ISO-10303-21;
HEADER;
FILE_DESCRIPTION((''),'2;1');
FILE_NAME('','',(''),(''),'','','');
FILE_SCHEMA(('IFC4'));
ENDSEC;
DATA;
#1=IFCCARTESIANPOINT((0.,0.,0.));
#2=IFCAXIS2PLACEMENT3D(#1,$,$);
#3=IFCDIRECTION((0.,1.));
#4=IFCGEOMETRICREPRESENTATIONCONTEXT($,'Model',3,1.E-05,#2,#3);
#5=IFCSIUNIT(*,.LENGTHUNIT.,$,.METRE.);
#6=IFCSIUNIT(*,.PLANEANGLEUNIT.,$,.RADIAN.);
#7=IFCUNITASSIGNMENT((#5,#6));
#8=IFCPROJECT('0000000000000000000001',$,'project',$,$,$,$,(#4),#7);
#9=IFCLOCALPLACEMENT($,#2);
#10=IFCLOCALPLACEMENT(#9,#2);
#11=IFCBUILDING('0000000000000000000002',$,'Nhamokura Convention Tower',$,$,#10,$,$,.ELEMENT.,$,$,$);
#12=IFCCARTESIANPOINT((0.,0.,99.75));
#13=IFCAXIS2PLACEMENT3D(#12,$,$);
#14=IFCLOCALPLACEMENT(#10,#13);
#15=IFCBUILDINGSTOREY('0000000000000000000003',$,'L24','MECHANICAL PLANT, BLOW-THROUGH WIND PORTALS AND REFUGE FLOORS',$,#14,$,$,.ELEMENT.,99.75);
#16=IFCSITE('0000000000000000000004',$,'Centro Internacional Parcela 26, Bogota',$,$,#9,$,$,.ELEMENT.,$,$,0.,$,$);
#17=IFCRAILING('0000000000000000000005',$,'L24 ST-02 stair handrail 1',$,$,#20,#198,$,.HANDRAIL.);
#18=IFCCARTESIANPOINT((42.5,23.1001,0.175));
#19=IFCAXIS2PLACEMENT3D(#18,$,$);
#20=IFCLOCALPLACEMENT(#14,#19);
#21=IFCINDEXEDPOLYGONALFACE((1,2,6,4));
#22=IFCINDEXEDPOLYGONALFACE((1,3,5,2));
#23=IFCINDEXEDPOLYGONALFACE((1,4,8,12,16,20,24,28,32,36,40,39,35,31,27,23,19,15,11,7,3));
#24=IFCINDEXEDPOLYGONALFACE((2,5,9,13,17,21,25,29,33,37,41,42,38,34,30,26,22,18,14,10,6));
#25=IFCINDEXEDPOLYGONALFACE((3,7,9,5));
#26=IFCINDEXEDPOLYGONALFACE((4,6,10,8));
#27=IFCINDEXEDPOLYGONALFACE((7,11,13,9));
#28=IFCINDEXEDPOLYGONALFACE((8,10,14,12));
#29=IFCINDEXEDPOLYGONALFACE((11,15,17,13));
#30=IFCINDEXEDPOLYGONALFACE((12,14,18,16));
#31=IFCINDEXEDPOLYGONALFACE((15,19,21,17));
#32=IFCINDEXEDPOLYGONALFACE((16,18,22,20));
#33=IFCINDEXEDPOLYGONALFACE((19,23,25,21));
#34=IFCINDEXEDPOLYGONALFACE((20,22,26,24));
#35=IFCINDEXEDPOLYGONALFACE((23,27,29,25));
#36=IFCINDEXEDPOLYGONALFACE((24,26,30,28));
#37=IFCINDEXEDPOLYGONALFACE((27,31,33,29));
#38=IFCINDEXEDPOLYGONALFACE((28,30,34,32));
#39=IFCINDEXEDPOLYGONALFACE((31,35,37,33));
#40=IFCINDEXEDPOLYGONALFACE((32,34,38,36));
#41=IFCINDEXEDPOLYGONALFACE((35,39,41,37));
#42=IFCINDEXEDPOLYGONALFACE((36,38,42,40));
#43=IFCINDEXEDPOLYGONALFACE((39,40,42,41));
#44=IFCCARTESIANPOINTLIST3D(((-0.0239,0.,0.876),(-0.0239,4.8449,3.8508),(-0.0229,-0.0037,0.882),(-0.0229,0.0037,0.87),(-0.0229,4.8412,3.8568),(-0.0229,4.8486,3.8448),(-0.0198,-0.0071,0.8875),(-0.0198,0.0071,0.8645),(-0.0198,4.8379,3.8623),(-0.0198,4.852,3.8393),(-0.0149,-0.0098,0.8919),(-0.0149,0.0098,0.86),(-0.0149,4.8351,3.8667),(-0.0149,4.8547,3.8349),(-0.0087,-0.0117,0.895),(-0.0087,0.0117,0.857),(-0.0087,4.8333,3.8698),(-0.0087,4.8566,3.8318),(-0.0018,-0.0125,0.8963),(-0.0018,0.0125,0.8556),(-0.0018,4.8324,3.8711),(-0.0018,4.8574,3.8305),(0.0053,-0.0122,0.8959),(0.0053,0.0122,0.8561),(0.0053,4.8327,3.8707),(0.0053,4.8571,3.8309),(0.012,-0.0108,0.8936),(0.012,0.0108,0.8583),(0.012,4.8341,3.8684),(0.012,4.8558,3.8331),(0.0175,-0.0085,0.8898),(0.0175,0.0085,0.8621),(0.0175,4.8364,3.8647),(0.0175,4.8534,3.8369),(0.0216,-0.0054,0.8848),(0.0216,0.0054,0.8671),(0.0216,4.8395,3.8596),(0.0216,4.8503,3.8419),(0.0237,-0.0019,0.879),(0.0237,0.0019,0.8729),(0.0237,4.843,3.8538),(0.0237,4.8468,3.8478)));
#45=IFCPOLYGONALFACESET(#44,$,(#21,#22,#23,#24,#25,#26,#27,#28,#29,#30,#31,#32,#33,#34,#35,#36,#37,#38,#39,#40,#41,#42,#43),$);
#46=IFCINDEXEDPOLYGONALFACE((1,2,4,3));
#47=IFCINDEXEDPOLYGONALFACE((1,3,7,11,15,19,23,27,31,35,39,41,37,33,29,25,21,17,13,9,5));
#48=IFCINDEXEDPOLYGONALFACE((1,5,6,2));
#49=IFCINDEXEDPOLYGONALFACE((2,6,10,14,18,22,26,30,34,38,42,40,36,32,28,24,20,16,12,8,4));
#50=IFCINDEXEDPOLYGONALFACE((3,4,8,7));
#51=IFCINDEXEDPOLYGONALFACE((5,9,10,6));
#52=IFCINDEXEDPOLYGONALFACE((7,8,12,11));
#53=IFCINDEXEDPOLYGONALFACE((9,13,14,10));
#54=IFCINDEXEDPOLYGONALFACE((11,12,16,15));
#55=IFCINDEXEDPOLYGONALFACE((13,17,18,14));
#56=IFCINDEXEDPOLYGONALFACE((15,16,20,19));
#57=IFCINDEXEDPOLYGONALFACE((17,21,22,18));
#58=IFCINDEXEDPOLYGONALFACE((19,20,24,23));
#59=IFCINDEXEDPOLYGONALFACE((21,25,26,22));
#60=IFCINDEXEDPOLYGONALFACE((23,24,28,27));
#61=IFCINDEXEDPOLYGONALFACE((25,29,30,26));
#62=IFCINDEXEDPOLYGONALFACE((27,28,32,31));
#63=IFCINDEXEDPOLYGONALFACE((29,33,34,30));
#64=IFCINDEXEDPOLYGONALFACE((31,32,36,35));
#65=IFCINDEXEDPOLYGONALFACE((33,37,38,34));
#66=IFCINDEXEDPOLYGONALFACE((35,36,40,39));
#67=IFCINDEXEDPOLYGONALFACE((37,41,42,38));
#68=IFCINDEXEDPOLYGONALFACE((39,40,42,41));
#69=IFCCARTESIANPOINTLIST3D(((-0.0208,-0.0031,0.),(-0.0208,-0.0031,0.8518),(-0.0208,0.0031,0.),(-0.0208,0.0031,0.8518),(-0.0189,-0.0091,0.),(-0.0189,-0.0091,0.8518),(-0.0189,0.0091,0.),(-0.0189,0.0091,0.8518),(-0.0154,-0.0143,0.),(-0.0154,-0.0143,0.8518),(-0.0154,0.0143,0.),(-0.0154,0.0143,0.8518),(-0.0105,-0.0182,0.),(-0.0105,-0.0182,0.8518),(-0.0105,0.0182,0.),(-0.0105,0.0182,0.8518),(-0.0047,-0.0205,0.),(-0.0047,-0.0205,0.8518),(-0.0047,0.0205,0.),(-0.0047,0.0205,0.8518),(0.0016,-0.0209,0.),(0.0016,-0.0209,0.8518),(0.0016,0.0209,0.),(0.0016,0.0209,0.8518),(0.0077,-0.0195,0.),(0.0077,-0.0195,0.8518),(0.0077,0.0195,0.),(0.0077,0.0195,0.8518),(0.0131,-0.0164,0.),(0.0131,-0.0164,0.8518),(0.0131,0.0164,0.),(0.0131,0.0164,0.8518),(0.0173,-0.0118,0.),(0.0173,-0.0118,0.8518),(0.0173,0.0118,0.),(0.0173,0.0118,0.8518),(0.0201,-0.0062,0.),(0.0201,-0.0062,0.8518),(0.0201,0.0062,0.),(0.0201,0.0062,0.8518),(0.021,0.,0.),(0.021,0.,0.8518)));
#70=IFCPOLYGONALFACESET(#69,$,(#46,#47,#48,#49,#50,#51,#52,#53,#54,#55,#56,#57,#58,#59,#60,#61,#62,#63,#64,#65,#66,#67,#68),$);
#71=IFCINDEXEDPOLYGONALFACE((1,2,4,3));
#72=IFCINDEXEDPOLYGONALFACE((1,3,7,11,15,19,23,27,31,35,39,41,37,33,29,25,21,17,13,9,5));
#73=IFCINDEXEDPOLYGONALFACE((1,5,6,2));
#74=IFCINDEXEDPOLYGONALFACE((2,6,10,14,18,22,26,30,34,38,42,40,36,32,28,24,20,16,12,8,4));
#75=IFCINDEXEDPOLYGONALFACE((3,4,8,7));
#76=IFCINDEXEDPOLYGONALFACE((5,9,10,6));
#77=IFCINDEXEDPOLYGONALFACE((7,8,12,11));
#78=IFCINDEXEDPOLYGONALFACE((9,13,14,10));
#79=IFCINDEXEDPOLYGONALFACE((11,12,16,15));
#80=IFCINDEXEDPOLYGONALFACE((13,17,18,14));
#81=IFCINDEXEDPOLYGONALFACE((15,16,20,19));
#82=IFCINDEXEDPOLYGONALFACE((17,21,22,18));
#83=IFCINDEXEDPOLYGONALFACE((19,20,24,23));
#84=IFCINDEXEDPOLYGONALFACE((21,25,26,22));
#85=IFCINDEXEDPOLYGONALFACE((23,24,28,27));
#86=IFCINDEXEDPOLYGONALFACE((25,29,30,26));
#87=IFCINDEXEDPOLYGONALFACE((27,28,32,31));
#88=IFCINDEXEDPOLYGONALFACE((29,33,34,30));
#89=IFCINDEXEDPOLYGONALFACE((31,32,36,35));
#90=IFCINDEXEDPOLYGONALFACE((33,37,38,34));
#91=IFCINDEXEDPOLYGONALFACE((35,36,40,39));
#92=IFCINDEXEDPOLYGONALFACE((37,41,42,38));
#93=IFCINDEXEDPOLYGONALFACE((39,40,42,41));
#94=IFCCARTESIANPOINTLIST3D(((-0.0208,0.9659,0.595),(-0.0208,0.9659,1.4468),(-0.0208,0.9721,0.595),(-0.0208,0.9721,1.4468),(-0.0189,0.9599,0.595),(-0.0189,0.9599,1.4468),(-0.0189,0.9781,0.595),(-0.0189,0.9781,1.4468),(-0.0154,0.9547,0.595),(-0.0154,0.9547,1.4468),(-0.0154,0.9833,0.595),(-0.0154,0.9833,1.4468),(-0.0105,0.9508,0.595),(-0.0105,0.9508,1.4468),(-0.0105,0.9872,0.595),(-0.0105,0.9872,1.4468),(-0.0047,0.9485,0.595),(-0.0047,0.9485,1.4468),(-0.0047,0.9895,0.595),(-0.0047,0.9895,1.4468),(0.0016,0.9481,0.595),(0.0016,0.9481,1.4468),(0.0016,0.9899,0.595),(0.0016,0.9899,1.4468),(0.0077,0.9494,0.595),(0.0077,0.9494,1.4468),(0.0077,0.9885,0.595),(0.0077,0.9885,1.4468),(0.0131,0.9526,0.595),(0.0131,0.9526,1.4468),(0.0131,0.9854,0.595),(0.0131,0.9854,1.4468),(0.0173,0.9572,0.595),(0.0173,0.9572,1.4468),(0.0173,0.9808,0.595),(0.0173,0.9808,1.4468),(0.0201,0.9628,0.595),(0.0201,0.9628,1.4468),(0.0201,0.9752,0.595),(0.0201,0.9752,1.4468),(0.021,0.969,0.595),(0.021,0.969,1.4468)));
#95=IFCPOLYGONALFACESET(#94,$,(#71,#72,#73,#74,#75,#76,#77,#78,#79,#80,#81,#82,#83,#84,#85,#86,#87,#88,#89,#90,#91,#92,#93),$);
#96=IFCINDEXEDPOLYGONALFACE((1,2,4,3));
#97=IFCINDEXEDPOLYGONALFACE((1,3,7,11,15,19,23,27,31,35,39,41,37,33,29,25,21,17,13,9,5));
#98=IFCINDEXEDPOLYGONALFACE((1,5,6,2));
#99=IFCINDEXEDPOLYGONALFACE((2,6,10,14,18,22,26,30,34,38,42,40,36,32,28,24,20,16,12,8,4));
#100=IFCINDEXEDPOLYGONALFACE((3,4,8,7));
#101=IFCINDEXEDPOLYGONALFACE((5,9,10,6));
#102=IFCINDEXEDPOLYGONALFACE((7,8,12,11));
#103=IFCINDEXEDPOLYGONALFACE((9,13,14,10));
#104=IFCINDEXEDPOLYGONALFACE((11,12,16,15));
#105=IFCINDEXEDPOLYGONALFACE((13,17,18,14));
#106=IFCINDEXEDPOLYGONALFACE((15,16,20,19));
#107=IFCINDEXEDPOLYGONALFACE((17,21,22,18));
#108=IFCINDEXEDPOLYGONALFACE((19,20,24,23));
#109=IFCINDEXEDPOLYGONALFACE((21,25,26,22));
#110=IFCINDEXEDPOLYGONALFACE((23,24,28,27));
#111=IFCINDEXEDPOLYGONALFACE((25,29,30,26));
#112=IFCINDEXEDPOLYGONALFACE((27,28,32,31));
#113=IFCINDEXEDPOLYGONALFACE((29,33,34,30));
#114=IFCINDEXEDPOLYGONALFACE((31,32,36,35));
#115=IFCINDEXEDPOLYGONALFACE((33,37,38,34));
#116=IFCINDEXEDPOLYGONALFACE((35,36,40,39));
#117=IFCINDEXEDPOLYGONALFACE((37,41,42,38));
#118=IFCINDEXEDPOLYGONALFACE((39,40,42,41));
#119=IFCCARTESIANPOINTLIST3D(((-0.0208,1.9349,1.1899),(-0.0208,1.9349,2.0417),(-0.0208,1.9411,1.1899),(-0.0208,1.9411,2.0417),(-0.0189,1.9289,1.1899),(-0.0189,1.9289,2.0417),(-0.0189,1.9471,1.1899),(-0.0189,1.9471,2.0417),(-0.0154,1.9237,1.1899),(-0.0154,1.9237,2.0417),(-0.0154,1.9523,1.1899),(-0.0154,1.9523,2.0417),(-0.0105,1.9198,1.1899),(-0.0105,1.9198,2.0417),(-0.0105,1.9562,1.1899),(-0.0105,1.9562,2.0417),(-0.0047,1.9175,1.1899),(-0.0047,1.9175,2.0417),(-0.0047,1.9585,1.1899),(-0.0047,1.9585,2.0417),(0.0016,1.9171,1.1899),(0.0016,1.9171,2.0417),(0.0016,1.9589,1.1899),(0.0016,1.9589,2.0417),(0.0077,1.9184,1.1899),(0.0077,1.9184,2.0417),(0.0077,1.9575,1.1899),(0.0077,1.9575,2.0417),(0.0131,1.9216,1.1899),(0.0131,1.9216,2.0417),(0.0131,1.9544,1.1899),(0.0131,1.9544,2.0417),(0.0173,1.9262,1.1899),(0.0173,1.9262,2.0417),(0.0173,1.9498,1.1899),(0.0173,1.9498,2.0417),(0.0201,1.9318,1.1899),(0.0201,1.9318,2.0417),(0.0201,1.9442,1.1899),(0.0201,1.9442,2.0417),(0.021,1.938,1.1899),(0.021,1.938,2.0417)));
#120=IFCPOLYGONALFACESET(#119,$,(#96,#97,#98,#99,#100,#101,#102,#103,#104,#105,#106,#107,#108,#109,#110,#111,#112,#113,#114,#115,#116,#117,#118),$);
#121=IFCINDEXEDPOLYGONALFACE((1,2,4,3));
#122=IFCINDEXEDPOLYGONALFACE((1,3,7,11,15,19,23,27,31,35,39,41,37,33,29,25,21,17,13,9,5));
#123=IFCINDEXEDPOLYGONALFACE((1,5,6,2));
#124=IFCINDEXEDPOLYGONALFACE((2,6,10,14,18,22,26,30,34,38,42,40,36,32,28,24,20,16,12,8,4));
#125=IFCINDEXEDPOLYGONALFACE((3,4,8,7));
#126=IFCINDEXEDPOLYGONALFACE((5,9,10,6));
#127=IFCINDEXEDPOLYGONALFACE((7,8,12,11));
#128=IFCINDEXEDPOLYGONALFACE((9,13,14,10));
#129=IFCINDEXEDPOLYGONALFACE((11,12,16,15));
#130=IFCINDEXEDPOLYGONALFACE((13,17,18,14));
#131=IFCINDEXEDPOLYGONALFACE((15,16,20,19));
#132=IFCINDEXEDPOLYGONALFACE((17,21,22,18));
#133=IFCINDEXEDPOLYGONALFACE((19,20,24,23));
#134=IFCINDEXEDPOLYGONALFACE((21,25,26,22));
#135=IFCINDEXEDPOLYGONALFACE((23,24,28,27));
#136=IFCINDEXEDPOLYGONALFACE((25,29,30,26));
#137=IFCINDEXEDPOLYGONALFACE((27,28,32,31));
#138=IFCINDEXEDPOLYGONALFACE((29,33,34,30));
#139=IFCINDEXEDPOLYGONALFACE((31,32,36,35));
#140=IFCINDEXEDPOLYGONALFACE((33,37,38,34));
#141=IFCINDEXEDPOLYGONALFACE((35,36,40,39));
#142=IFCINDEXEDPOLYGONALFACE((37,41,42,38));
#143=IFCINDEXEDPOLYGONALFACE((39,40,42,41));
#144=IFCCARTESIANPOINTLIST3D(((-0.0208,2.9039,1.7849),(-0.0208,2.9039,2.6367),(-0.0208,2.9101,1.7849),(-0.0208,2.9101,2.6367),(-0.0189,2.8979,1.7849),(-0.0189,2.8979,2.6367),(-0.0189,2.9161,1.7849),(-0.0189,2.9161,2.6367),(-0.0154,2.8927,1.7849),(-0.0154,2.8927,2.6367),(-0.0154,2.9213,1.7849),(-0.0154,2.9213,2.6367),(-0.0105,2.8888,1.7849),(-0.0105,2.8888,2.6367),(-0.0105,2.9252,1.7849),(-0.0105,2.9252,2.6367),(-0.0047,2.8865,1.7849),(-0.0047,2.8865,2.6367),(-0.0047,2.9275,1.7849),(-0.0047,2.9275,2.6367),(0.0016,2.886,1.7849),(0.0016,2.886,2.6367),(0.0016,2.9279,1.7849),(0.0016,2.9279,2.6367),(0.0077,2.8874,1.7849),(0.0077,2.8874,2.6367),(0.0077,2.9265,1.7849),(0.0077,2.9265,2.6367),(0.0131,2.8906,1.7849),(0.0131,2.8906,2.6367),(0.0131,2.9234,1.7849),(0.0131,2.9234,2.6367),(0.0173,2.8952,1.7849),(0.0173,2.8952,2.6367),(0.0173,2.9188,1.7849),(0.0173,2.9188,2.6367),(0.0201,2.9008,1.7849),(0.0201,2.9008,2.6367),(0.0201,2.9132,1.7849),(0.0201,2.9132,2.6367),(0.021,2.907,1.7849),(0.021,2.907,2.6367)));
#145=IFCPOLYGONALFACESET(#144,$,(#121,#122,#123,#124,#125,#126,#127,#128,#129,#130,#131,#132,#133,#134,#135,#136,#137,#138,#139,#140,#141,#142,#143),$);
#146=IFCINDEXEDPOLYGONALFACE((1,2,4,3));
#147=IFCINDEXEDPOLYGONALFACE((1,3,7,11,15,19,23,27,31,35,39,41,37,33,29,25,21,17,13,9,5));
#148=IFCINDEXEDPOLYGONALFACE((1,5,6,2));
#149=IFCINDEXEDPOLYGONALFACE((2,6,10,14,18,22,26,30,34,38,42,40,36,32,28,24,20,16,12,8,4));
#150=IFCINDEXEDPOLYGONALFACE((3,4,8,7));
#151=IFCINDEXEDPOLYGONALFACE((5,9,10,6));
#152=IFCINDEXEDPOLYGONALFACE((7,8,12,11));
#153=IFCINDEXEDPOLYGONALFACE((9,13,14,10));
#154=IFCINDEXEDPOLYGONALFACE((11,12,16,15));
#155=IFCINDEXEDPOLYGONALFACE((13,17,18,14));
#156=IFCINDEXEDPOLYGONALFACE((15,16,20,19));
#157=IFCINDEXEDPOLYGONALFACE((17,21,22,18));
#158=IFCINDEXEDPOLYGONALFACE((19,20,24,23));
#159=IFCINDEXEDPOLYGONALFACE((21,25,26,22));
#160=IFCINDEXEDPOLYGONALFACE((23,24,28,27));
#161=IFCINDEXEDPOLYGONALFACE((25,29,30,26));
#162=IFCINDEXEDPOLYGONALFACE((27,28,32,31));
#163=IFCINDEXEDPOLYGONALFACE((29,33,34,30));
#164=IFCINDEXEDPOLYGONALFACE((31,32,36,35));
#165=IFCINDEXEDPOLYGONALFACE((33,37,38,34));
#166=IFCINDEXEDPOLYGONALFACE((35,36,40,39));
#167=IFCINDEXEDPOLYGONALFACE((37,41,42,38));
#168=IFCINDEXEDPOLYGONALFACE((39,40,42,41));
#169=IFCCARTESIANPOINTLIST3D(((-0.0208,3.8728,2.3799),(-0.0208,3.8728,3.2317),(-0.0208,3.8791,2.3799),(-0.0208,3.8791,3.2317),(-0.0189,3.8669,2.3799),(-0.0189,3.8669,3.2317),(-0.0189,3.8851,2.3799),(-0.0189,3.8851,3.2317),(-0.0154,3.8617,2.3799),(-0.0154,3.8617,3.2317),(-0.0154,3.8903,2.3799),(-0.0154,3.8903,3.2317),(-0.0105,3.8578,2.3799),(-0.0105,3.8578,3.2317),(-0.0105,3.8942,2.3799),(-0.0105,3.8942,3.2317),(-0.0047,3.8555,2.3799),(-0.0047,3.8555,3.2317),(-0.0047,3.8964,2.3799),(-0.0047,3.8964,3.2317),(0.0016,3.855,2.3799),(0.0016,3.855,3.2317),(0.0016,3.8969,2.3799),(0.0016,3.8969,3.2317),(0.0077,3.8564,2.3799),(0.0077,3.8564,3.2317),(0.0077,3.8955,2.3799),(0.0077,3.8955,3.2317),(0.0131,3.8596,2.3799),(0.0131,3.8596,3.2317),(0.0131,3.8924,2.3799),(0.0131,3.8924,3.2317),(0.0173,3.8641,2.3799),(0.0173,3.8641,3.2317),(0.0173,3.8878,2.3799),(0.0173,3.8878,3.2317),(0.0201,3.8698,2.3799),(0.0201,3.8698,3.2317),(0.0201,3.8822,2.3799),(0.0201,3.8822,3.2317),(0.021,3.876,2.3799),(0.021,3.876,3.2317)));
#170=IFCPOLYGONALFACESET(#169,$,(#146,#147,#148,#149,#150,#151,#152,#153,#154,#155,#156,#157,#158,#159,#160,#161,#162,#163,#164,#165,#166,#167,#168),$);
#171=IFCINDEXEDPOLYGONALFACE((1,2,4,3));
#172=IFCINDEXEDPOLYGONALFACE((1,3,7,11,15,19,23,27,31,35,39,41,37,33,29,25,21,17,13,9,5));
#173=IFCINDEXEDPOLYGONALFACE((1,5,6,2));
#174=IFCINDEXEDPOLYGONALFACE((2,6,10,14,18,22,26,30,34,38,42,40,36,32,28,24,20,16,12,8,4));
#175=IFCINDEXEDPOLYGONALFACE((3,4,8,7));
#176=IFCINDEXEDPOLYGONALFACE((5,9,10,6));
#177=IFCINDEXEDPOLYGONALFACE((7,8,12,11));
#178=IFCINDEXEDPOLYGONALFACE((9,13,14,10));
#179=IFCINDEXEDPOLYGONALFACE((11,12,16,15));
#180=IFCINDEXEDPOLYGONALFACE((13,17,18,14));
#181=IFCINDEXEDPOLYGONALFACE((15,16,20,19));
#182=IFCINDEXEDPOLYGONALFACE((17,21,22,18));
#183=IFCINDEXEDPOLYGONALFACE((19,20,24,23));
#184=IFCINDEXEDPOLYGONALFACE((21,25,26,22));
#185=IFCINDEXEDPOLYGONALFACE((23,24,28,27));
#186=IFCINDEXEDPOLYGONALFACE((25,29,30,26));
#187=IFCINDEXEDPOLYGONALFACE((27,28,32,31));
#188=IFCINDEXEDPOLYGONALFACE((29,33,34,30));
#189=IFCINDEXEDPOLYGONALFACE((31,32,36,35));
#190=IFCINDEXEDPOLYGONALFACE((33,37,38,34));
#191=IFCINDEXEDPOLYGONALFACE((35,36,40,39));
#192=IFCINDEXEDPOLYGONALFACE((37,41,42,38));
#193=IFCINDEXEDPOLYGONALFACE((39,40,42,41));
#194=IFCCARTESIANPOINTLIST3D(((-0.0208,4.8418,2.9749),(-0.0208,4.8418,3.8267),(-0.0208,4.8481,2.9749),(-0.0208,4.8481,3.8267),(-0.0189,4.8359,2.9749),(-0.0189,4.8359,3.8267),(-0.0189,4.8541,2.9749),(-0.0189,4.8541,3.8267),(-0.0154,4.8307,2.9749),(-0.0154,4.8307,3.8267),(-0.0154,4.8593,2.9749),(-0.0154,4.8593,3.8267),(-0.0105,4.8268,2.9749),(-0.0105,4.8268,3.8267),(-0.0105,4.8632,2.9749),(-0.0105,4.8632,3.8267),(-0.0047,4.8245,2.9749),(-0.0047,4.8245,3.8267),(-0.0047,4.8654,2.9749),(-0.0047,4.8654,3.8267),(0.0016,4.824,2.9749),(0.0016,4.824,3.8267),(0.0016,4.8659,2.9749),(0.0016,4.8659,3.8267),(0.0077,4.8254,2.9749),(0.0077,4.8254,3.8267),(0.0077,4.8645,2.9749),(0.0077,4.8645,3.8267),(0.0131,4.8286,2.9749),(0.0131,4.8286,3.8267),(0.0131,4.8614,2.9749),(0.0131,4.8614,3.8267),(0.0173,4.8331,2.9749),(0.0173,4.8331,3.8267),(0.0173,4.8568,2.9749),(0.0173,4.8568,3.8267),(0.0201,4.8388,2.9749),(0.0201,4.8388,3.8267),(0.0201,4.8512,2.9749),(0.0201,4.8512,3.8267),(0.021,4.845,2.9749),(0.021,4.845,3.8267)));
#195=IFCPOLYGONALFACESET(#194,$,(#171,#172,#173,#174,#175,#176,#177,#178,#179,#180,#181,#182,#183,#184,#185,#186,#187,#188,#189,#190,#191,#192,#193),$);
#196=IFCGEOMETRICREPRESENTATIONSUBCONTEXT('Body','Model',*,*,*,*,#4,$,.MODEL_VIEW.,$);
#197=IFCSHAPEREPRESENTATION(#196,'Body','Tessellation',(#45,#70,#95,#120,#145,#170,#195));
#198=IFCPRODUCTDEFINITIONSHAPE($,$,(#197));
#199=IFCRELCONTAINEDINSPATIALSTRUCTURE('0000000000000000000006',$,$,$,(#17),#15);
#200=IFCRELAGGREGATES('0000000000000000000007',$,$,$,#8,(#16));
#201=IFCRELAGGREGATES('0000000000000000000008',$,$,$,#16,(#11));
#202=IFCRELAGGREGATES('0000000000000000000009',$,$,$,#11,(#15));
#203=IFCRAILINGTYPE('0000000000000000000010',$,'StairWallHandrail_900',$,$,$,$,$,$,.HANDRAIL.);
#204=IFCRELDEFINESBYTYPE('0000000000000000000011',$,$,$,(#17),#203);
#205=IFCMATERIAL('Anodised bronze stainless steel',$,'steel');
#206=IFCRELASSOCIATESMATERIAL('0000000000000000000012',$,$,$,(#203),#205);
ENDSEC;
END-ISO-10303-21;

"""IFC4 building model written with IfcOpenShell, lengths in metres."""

from ifc_helpers import new_model, si_unit, direction, frame, origin, origin_2d, place, context, subcontext, project, spatial, circle, extrude, material, type_object, element, save


model = new_model("IFC4")

# Units and contexts
model_context = context("Model", 3, precision=1e-05, world=origin(), true_north=direction((0.0, 1.0)))
body_context = subcontext(model_context, "Body", "Model", "MODEL_VIEW")
ifc_project = project(units=[si_unit("LENGTHUNIT", "METRE"), si_unit("PLANEANGLEUNIT", "RADIAN")], contexts=[model_context])

# Site, building, storey
site_placement = place(None, origin())
site = spatial("IfcSite", under=ifc_project, at=site_placement, Name="Centro Internacional Parcela 26, Bogota", CompositionType="ELEMENT", RefElevation=0.0)
building_placement = place(site_placement, origin())
building = spatial("IfcBuilding", under=site, at=building_placement, Name="Nhamokura Convention Tower", CompositionType="ELEMENT")
storey_placement = place(building_placement, frame((0.0, 0.0, 99.75)))
storey = spatial("IfcBuildingStorey", under=building, at=storey_placement, Name="L24", Description="MECHANICAL PLANT, BLOW-THROUGH WIND PORTALS AND REFUGE FLOORS", CompositionType="ELEMENT", Elevation=99.75)

# Railing
ifc_material_1 = material(Name="Anodised bronze stainless steel", Category="steel")
railing_type_1 = type_object("IfcRailingType", Name="StairWallHandrail_900", PredefinedType="HANDRAIL", material=ifc_material_1)
railing_1_placement = place(storey_placement, frame((42.5, 23.1001, 0.175)))
element("IfcRailing", 1, at=railing_1_placement, inside=storey, type_object=railing_type_1, Name="L24 ST-02 stair handrail 1", PredefinedType="HANDRAIL", context=body_context, shape_type="SweptSolid", body=[
    extrude(circle(Radius=0.0239, at=origin_2d()), frame((0.0, 0.0, 0.876), z_axis=(0.0, 0.852181, 0.523247), x_axis=(-1.0, 0.0, 0.0)), (0.0, 0.0, 1.0), 5.6853),
    extrude(circle(Radius=0.021, at=origin_2d()), origin(), (0.0, 0.0, 1.0), 0.8518),
    extrude(circle(Radius=0.021, at=origin_2d()), frame((0.0, 0.969, 0.595)), (0.0, 0.0, 1.0), 0.8518),
    extrude(circle(Radius=0.021, at=origin_2d()), frame((0.0, 1.938, 1.1899)), (0.0, 0.0, 1.0), 0.8518),
    extrude(circle(Radius=0.021, at=origin_2d()), frame((0.0, 2.907, 1.7849)), (0.0, 0.0, 1.0), 0.8518),
    extrude(circle(Radius=0.021, at=origin_2d()), frame((0.0, 3.876, 2.3799)), (0.0, 0.0, 1.0), 0.8518),
    extrude(circle(Radius=0.021, at=origin_2d()), frame((0.0, 4.845, 2.9749)), (0.0, 0.0, 1.0), 0.8518),
])

save(model, "model.ifc")
